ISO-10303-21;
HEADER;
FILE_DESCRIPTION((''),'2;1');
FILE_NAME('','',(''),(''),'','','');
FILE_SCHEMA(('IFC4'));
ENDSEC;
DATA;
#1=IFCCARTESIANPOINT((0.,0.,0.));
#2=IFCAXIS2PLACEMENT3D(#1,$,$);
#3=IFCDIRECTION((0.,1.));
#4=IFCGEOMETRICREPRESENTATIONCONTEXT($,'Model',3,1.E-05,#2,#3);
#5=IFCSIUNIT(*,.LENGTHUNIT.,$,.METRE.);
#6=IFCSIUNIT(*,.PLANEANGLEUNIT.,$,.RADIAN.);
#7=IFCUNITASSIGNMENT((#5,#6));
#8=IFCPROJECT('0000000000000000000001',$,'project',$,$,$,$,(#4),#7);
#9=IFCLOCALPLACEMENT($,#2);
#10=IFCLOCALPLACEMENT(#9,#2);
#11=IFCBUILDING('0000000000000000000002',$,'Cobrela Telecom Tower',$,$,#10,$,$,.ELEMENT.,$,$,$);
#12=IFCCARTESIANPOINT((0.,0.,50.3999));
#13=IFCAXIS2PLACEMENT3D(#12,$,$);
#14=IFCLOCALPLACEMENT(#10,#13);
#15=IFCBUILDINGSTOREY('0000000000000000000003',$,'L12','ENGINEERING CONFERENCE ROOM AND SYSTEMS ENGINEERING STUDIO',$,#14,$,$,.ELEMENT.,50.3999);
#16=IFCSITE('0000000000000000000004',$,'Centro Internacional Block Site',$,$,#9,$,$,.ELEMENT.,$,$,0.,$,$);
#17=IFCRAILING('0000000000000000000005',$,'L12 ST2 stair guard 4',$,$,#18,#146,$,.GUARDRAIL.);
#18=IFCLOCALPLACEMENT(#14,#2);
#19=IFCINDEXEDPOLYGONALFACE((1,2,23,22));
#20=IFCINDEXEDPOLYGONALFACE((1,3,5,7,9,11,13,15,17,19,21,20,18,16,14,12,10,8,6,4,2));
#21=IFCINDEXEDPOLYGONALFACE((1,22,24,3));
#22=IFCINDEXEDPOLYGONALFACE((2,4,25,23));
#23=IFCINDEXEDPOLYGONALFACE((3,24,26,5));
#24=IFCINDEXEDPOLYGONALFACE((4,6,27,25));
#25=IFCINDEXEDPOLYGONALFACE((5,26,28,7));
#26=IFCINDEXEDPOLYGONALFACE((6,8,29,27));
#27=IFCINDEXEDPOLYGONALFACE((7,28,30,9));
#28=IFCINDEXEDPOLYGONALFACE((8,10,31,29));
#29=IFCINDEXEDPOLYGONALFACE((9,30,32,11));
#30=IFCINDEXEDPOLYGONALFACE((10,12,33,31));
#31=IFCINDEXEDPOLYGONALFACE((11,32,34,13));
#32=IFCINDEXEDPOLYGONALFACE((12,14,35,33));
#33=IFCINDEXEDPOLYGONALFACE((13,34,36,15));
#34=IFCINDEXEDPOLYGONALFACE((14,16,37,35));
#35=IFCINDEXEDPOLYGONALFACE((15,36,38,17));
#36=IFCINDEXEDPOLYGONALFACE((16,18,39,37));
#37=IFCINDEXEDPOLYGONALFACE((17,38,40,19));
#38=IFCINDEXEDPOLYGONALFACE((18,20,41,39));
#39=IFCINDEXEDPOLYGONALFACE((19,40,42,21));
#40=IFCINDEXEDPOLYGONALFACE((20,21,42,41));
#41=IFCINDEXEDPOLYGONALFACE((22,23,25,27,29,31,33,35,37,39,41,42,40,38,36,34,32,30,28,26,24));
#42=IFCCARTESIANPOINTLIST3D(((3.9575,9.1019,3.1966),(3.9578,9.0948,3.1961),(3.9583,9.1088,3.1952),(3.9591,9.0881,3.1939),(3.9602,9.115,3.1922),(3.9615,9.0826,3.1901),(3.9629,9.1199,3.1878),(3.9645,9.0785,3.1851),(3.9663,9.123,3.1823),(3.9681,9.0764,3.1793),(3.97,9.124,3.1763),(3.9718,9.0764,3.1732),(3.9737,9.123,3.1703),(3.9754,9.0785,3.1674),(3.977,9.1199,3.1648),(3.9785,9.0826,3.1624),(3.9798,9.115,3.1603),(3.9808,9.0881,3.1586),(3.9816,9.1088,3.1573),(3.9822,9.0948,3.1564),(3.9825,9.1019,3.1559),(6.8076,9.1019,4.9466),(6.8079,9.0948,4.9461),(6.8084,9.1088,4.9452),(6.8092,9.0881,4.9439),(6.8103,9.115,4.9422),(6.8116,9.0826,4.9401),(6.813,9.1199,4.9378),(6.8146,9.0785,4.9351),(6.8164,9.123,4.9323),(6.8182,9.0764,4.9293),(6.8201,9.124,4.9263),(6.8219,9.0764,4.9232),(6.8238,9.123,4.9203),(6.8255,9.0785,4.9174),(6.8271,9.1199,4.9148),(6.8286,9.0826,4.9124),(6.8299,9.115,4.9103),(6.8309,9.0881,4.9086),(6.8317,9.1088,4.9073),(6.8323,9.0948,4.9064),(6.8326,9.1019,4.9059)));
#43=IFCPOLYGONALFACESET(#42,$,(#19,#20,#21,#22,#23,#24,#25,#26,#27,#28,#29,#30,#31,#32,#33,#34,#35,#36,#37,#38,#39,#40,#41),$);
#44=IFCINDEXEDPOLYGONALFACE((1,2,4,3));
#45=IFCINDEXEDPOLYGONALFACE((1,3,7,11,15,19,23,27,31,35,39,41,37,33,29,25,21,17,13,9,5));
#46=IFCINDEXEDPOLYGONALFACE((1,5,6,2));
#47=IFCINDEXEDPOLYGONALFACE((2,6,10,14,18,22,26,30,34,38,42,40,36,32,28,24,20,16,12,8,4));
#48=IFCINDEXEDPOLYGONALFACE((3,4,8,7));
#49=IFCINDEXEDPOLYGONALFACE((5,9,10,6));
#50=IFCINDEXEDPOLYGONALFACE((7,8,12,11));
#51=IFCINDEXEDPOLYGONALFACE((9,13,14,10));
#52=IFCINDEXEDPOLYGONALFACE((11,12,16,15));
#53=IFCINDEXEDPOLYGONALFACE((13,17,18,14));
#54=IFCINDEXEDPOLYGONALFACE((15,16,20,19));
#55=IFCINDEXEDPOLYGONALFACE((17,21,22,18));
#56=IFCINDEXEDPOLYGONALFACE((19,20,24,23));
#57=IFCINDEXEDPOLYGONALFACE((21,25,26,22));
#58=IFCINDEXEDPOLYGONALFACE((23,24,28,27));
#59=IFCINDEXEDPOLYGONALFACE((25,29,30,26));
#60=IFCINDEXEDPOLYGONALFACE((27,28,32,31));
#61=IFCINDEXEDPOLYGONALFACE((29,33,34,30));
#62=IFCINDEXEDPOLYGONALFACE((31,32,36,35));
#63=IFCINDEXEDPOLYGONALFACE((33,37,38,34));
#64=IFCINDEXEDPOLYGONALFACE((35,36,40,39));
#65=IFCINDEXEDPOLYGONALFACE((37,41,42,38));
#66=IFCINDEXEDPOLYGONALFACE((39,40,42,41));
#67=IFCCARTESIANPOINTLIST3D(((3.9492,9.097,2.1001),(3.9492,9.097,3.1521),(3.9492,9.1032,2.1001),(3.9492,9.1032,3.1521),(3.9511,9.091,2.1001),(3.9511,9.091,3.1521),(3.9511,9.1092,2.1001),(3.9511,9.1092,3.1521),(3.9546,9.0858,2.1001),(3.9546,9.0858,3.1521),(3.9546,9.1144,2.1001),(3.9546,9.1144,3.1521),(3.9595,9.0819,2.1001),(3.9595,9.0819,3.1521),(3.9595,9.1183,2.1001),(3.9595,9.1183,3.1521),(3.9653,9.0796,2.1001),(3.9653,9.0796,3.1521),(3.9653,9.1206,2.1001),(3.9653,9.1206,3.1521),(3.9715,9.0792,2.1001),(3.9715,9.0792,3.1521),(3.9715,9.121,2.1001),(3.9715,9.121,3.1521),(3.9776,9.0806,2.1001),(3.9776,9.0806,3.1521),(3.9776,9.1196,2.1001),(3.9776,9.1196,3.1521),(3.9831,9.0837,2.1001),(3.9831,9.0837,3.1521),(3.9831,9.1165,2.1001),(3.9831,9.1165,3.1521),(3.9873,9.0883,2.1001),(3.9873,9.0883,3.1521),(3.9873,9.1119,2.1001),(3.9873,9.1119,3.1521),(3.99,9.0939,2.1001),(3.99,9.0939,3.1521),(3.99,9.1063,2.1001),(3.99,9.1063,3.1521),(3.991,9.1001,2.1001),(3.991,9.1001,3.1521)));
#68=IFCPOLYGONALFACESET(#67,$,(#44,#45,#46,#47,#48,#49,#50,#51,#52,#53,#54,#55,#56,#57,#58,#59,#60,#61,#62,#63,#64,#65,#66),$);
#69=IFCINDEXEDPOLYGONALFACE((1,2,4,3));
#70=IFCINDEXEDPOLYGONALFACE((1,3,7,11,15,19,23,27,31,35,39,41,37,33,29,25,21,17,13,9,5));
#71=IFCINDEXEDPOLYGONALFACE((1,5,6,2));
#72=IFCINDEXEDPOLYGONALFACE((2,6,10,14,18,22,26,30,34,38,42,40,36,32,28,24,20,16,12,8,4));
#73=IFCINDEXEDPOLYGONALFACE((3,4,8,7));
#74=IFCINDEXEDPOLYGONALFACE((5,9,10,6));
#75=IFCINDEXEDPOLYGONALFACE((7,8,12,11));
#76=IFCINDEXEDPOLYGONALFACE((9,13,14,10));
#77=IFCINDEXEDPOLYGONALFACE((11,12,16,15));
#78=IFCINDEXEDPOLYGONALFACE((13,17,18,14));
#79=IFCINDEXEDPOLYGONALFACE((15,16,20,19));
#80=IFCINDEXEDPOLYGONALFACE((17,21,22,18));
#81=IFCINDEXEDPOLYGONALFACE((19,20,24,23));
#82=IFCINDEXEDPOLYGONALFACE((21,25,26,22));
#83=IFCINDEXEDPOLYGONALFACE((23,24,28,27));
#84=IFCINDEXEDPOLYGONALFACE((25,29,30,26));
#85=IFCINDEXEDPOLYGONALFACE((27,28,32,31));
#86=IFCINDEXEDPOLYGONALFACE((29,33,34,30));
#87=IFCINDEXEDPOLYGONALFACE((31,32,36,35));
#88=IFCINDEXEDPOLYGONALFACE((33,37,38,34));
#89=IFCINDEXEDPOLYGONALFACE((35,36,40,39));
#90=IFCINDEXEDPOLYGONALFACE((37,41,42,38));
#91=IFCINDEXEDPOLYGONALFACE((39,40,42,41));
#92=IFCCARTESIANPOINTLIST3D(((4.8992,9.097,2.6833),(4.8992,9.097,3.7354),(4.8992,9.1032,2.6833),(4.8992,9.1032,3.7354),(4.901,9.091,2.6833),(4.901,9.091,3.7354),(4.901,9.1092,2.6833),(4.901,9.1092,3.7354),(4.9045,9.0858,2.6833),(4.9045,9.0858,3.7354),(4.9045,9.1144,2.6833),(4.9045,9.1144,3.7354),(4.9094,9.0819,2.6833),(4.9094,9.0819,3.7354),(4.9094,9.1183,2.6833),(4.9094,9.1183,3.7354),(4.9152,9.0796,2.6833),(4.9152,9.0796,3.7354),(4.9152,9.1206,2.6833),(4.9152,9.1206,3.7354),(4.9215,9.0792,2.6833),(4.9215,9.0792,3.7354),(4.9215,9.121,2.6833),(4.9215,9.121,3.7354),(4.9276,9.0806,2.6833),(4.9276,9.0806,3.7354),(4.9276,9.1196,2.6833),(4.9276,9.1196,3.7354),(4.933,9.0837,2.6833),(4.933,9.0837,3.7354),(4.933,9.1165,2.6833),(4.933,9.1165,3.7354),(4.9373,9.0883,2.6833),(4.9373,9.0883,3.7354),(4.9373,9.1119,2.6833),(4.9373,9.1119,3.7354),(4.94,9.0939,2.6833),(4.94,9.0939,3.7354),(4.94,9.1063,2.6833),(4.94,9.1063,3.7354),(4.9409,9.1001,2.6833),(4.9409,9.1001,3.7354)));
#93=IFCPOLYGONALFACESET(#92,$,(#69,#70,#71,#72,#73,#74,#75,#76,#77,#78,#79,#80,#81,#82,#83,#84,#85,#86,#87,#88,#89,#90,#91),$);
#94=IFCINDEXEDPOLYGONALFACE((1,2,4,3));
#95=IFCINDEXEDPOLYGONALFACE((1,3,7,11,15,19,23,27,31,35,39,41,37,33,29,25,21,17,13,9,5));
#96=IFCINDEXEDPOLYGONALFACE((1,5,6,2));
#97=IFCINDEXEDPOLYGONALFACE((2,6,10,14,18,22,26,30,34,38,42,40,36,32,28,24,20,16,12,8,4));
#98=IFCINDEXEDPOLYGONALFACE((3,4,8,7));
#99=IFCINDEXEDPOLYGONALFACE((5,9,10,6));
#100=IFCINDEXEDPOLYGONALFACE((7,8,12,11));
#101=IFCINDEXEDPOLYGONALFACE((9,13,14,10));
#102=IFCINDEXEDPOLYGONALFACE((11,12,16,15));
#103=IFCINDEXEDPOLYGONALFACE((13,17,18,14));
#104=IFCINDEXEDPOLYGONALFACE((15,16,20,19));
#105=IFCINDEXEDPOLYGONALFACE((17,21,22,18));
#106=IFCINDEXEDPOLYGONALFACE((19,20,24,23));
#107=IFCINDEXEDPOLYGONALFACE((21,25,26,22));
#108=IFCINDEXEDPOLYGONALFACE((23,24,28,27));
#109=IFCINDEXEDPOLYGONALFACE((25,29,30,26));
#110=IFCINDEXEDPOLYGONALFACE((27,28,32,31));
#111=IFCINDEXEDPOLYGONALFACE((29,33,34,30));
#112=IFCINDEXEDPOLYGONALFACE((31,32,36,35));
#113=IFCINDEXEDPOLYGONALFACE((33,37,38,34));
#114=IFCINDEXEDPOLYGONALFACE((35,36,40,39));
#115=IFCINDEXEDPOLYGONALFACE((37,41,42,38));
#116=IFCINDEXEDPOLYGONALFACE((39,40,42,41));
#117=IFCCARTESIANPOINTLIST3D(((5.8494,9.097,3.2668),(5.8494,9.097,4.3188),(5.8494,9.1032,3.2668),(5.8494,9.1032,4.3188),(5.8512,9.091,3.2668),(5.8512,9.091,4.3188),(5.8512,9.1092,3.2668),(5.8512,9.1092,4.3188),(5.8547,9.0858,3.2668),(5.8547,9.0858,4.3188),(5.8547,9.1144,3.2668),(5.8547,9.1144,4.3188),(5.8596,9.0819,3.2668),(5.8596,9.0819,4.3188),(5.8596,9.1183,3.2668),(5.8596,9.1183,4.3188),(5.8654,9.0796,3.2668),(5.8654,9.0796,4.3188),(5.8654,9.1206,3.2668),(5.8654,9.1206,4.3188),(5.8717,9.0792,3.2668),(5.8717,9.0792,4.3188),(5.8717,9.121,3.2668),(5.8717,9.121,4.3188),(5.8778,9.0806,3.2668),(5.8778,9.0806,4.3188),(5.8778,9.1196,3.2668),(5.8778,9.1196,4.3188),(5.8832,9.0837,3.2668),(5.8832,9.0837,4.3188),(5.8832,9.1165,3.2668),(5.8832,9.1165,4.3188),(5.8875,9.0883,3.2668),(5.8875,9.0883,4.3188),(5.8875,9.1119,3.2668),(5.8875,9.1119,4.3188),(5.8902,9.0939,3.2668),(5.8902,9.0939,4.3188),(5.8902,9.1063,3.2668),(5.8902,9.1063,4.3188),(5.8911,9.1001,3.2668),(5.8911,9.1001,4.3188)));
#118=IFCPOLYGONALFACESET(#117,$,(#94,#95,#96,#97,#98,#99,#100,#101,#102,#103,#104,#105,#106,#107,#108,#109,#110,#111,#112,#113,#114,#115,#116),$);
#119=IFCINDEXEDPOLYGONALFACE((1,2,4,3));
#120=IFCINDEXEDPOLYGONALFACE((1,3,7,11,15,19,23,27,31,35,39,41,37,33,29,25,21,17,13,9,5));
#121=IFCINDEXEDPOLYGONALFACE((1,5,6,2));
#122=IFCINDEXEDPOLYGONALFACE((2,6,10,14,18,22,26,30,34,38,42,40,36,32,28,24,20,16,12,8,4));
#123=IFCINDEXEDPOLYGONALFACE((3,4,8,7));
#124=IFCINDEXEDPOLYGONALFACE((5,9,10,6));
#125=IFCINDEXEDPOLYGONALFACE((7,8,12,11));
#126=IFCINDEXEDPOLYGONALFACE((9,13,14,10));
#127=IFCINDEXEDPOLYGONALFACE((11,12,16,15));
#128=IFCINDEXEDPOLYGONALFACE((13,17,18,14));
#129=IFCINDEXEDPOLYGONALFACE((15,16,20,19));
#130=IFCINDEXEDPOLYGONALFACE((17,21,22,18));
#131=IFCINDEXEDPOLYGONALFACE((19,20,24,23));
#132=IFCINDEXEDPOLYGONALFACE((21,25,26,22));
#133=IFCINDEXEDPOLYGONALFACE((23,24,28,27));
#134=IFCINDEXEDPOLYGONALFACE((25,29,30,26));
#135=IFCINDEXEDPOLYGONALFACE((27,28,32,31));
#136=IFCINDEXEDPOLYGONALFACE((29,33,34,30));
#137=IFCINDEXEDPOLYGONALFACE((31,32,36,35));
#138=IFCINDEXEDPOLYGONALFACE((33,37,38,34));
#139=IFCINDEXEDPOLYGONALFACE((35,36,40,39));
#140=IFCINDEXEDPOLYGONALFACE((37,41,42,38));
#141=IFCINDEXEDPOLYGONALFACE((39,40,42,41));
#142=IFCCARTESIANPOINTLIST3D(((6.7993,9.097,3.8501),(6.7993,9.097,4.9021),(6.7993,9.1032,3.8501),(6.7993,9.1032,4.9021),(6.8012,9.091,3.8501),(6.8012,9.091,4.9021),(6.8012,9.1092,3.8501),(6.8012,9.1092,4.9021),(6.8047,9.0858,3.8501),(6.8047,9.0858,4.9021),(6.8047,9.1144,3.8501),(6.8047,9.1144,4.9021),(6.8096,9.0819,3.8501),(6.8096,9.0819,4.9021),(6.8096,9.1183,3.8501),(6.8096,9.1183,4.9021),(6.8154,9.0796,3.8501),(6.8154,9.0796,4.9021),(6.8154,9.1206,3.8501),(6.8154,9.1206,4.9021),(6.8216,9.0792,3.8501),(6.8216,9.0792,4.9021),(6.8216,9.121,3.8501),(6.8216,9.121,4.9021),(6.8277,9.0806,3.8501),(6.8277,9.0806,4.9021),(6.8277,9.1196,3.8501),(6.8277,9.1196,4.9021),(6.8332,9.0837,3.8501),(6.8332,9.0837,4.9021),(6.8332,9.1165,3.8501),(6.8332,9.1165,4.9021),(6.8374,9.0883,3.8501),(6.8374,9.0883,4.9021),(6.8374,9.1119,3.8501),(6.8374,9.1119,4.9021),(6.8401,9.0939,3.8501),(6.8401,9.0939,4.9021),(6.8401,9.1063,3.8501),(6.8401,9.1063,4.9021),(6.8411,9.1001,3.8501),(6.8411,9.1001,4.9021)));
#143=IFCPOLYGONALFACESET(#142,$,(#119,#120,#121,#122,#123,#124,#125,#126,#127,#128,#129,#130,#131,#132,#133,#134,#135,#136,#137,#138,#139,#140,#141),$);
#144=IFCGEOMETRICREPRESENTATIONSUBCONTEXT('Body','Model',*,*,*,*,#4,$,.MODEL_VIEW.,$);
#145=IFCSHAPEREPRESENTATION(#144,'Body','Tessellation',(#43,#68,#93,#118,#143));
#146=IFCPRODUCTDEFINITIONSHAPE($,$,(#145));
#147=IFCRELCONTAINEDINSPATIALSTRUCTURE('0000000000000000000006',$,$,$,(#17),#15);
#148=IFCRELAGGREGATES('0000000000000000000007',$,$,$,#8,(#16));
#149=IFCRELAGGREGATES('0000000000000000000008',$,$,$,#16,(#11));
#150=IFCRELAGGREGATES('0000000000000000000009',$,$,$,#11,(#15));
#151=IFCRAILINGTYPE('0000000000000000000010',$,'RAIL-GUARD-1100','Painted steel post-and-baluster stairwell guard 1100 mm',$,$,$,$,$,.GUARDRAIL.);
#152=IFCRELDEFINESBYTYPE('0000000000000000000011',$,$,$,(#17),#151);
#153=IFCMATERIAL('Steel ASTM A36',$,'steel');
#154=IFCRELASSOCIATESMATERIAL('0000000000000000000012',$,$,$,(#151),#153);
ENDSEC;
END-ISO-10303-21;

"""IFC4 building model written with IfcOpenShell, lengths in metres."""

from ifc_helpers import new_model, si_unit, direction, frame, origin, origin_2d, place, context, subcontext, project, spatial, circle, extrude, material, type_object, element, save


model = new_model("IFC4")

# Units and contexts
model_context = context("Model", 3, precision=1e-05, world=origin(), true_north=direction((0.0, 1.0)))
body_context = subcontext(model_context, "Body", "Model", "MODEL_VIEW")
ifc_project = project(units=[si_unit("LENGTHUNIT", "METRE"), si_unit("PLANEANGLEUNIT", "RADIAN")], contexts=[model_context])

# Site, building, storey
site_placement = place(None, origin())
site = spatial("IfcSite", under=ifc_project, at=site_placement, Name="Centro Internacional Block Site", CompositionType="ELEMENT", RefElevation=0.0)
building_placement = place(site_placement, origin())
building = spatial("IfcBuilding", under=site, at=building_placement, Name="Cobrela Telecom Tower", CompositionType="ELEMENT")
storey_placement = place(building_placement, frame((0.0, 0.0, 50.3999)))
storey = spatial("IfcBuildingStorey", under=building, at=storey_placement, Name="L12", Description="ENGINEERING CONFERENCE ROOM AND SYSTEMS ENGINEERING STUDIO", CompositionType="ELEMENT", Elevation=50.3999)

# Railing
ifc_material_1 = material(Name="Steel ASTM A36", Category="steel")
railing_type_1 = type_object("IfcRailingType", Name="RAIL-GUARD-1100", Description="Painted steel post-and-baluster stairwell guard 1100 mm", PredefinedType="GUARDRAIL", material=ifc_material_1)
railing_1_placement = place(storey_placement, frame((3.97, 9.1001, 2.1001)))
element("IfcRailing", 1, at=railing_1_placement, inside=storey, type_object=railing_type_1, Name="L12 ST2 stair guard 4", PredefinedType="GUARDRAIL", context=body_context, shape_type="SweptSolid", body=[
    extrude(circle(Radius=0.0239, at=origin_2d()), frame((0.0, 0.0, 1.0762), z_axis=(0.852179, 0.0, 0.52325), x_axis=(0.0, 1.0, 0.0)), (0.0, 0.0, 1.0), 3.3445),
    extrude(circle(Radius=0.021, at=origin_2d()), origin(), (0.0, 0.0, 1.0), 1.052),
    extrude(circle(Radius=0.021, at=origin_2d()), frame((0.95, 0.0, 0.5833)), (0.0, 0.0, 1.0), 1.052),
    extrude(circle(Radius=0.021, at=origin_2d()), frame((1.9001, 0.0, 1.1667)), (0.0, 0.0, 1.0), 1.052),
    extrude(circle(Radius=0.021, at=origin_2d()), frame((2.8501, 0.0, 1.75)), (0.0, 0.0, 1.0), 1.052),
])

save(model, "model.ifc")
